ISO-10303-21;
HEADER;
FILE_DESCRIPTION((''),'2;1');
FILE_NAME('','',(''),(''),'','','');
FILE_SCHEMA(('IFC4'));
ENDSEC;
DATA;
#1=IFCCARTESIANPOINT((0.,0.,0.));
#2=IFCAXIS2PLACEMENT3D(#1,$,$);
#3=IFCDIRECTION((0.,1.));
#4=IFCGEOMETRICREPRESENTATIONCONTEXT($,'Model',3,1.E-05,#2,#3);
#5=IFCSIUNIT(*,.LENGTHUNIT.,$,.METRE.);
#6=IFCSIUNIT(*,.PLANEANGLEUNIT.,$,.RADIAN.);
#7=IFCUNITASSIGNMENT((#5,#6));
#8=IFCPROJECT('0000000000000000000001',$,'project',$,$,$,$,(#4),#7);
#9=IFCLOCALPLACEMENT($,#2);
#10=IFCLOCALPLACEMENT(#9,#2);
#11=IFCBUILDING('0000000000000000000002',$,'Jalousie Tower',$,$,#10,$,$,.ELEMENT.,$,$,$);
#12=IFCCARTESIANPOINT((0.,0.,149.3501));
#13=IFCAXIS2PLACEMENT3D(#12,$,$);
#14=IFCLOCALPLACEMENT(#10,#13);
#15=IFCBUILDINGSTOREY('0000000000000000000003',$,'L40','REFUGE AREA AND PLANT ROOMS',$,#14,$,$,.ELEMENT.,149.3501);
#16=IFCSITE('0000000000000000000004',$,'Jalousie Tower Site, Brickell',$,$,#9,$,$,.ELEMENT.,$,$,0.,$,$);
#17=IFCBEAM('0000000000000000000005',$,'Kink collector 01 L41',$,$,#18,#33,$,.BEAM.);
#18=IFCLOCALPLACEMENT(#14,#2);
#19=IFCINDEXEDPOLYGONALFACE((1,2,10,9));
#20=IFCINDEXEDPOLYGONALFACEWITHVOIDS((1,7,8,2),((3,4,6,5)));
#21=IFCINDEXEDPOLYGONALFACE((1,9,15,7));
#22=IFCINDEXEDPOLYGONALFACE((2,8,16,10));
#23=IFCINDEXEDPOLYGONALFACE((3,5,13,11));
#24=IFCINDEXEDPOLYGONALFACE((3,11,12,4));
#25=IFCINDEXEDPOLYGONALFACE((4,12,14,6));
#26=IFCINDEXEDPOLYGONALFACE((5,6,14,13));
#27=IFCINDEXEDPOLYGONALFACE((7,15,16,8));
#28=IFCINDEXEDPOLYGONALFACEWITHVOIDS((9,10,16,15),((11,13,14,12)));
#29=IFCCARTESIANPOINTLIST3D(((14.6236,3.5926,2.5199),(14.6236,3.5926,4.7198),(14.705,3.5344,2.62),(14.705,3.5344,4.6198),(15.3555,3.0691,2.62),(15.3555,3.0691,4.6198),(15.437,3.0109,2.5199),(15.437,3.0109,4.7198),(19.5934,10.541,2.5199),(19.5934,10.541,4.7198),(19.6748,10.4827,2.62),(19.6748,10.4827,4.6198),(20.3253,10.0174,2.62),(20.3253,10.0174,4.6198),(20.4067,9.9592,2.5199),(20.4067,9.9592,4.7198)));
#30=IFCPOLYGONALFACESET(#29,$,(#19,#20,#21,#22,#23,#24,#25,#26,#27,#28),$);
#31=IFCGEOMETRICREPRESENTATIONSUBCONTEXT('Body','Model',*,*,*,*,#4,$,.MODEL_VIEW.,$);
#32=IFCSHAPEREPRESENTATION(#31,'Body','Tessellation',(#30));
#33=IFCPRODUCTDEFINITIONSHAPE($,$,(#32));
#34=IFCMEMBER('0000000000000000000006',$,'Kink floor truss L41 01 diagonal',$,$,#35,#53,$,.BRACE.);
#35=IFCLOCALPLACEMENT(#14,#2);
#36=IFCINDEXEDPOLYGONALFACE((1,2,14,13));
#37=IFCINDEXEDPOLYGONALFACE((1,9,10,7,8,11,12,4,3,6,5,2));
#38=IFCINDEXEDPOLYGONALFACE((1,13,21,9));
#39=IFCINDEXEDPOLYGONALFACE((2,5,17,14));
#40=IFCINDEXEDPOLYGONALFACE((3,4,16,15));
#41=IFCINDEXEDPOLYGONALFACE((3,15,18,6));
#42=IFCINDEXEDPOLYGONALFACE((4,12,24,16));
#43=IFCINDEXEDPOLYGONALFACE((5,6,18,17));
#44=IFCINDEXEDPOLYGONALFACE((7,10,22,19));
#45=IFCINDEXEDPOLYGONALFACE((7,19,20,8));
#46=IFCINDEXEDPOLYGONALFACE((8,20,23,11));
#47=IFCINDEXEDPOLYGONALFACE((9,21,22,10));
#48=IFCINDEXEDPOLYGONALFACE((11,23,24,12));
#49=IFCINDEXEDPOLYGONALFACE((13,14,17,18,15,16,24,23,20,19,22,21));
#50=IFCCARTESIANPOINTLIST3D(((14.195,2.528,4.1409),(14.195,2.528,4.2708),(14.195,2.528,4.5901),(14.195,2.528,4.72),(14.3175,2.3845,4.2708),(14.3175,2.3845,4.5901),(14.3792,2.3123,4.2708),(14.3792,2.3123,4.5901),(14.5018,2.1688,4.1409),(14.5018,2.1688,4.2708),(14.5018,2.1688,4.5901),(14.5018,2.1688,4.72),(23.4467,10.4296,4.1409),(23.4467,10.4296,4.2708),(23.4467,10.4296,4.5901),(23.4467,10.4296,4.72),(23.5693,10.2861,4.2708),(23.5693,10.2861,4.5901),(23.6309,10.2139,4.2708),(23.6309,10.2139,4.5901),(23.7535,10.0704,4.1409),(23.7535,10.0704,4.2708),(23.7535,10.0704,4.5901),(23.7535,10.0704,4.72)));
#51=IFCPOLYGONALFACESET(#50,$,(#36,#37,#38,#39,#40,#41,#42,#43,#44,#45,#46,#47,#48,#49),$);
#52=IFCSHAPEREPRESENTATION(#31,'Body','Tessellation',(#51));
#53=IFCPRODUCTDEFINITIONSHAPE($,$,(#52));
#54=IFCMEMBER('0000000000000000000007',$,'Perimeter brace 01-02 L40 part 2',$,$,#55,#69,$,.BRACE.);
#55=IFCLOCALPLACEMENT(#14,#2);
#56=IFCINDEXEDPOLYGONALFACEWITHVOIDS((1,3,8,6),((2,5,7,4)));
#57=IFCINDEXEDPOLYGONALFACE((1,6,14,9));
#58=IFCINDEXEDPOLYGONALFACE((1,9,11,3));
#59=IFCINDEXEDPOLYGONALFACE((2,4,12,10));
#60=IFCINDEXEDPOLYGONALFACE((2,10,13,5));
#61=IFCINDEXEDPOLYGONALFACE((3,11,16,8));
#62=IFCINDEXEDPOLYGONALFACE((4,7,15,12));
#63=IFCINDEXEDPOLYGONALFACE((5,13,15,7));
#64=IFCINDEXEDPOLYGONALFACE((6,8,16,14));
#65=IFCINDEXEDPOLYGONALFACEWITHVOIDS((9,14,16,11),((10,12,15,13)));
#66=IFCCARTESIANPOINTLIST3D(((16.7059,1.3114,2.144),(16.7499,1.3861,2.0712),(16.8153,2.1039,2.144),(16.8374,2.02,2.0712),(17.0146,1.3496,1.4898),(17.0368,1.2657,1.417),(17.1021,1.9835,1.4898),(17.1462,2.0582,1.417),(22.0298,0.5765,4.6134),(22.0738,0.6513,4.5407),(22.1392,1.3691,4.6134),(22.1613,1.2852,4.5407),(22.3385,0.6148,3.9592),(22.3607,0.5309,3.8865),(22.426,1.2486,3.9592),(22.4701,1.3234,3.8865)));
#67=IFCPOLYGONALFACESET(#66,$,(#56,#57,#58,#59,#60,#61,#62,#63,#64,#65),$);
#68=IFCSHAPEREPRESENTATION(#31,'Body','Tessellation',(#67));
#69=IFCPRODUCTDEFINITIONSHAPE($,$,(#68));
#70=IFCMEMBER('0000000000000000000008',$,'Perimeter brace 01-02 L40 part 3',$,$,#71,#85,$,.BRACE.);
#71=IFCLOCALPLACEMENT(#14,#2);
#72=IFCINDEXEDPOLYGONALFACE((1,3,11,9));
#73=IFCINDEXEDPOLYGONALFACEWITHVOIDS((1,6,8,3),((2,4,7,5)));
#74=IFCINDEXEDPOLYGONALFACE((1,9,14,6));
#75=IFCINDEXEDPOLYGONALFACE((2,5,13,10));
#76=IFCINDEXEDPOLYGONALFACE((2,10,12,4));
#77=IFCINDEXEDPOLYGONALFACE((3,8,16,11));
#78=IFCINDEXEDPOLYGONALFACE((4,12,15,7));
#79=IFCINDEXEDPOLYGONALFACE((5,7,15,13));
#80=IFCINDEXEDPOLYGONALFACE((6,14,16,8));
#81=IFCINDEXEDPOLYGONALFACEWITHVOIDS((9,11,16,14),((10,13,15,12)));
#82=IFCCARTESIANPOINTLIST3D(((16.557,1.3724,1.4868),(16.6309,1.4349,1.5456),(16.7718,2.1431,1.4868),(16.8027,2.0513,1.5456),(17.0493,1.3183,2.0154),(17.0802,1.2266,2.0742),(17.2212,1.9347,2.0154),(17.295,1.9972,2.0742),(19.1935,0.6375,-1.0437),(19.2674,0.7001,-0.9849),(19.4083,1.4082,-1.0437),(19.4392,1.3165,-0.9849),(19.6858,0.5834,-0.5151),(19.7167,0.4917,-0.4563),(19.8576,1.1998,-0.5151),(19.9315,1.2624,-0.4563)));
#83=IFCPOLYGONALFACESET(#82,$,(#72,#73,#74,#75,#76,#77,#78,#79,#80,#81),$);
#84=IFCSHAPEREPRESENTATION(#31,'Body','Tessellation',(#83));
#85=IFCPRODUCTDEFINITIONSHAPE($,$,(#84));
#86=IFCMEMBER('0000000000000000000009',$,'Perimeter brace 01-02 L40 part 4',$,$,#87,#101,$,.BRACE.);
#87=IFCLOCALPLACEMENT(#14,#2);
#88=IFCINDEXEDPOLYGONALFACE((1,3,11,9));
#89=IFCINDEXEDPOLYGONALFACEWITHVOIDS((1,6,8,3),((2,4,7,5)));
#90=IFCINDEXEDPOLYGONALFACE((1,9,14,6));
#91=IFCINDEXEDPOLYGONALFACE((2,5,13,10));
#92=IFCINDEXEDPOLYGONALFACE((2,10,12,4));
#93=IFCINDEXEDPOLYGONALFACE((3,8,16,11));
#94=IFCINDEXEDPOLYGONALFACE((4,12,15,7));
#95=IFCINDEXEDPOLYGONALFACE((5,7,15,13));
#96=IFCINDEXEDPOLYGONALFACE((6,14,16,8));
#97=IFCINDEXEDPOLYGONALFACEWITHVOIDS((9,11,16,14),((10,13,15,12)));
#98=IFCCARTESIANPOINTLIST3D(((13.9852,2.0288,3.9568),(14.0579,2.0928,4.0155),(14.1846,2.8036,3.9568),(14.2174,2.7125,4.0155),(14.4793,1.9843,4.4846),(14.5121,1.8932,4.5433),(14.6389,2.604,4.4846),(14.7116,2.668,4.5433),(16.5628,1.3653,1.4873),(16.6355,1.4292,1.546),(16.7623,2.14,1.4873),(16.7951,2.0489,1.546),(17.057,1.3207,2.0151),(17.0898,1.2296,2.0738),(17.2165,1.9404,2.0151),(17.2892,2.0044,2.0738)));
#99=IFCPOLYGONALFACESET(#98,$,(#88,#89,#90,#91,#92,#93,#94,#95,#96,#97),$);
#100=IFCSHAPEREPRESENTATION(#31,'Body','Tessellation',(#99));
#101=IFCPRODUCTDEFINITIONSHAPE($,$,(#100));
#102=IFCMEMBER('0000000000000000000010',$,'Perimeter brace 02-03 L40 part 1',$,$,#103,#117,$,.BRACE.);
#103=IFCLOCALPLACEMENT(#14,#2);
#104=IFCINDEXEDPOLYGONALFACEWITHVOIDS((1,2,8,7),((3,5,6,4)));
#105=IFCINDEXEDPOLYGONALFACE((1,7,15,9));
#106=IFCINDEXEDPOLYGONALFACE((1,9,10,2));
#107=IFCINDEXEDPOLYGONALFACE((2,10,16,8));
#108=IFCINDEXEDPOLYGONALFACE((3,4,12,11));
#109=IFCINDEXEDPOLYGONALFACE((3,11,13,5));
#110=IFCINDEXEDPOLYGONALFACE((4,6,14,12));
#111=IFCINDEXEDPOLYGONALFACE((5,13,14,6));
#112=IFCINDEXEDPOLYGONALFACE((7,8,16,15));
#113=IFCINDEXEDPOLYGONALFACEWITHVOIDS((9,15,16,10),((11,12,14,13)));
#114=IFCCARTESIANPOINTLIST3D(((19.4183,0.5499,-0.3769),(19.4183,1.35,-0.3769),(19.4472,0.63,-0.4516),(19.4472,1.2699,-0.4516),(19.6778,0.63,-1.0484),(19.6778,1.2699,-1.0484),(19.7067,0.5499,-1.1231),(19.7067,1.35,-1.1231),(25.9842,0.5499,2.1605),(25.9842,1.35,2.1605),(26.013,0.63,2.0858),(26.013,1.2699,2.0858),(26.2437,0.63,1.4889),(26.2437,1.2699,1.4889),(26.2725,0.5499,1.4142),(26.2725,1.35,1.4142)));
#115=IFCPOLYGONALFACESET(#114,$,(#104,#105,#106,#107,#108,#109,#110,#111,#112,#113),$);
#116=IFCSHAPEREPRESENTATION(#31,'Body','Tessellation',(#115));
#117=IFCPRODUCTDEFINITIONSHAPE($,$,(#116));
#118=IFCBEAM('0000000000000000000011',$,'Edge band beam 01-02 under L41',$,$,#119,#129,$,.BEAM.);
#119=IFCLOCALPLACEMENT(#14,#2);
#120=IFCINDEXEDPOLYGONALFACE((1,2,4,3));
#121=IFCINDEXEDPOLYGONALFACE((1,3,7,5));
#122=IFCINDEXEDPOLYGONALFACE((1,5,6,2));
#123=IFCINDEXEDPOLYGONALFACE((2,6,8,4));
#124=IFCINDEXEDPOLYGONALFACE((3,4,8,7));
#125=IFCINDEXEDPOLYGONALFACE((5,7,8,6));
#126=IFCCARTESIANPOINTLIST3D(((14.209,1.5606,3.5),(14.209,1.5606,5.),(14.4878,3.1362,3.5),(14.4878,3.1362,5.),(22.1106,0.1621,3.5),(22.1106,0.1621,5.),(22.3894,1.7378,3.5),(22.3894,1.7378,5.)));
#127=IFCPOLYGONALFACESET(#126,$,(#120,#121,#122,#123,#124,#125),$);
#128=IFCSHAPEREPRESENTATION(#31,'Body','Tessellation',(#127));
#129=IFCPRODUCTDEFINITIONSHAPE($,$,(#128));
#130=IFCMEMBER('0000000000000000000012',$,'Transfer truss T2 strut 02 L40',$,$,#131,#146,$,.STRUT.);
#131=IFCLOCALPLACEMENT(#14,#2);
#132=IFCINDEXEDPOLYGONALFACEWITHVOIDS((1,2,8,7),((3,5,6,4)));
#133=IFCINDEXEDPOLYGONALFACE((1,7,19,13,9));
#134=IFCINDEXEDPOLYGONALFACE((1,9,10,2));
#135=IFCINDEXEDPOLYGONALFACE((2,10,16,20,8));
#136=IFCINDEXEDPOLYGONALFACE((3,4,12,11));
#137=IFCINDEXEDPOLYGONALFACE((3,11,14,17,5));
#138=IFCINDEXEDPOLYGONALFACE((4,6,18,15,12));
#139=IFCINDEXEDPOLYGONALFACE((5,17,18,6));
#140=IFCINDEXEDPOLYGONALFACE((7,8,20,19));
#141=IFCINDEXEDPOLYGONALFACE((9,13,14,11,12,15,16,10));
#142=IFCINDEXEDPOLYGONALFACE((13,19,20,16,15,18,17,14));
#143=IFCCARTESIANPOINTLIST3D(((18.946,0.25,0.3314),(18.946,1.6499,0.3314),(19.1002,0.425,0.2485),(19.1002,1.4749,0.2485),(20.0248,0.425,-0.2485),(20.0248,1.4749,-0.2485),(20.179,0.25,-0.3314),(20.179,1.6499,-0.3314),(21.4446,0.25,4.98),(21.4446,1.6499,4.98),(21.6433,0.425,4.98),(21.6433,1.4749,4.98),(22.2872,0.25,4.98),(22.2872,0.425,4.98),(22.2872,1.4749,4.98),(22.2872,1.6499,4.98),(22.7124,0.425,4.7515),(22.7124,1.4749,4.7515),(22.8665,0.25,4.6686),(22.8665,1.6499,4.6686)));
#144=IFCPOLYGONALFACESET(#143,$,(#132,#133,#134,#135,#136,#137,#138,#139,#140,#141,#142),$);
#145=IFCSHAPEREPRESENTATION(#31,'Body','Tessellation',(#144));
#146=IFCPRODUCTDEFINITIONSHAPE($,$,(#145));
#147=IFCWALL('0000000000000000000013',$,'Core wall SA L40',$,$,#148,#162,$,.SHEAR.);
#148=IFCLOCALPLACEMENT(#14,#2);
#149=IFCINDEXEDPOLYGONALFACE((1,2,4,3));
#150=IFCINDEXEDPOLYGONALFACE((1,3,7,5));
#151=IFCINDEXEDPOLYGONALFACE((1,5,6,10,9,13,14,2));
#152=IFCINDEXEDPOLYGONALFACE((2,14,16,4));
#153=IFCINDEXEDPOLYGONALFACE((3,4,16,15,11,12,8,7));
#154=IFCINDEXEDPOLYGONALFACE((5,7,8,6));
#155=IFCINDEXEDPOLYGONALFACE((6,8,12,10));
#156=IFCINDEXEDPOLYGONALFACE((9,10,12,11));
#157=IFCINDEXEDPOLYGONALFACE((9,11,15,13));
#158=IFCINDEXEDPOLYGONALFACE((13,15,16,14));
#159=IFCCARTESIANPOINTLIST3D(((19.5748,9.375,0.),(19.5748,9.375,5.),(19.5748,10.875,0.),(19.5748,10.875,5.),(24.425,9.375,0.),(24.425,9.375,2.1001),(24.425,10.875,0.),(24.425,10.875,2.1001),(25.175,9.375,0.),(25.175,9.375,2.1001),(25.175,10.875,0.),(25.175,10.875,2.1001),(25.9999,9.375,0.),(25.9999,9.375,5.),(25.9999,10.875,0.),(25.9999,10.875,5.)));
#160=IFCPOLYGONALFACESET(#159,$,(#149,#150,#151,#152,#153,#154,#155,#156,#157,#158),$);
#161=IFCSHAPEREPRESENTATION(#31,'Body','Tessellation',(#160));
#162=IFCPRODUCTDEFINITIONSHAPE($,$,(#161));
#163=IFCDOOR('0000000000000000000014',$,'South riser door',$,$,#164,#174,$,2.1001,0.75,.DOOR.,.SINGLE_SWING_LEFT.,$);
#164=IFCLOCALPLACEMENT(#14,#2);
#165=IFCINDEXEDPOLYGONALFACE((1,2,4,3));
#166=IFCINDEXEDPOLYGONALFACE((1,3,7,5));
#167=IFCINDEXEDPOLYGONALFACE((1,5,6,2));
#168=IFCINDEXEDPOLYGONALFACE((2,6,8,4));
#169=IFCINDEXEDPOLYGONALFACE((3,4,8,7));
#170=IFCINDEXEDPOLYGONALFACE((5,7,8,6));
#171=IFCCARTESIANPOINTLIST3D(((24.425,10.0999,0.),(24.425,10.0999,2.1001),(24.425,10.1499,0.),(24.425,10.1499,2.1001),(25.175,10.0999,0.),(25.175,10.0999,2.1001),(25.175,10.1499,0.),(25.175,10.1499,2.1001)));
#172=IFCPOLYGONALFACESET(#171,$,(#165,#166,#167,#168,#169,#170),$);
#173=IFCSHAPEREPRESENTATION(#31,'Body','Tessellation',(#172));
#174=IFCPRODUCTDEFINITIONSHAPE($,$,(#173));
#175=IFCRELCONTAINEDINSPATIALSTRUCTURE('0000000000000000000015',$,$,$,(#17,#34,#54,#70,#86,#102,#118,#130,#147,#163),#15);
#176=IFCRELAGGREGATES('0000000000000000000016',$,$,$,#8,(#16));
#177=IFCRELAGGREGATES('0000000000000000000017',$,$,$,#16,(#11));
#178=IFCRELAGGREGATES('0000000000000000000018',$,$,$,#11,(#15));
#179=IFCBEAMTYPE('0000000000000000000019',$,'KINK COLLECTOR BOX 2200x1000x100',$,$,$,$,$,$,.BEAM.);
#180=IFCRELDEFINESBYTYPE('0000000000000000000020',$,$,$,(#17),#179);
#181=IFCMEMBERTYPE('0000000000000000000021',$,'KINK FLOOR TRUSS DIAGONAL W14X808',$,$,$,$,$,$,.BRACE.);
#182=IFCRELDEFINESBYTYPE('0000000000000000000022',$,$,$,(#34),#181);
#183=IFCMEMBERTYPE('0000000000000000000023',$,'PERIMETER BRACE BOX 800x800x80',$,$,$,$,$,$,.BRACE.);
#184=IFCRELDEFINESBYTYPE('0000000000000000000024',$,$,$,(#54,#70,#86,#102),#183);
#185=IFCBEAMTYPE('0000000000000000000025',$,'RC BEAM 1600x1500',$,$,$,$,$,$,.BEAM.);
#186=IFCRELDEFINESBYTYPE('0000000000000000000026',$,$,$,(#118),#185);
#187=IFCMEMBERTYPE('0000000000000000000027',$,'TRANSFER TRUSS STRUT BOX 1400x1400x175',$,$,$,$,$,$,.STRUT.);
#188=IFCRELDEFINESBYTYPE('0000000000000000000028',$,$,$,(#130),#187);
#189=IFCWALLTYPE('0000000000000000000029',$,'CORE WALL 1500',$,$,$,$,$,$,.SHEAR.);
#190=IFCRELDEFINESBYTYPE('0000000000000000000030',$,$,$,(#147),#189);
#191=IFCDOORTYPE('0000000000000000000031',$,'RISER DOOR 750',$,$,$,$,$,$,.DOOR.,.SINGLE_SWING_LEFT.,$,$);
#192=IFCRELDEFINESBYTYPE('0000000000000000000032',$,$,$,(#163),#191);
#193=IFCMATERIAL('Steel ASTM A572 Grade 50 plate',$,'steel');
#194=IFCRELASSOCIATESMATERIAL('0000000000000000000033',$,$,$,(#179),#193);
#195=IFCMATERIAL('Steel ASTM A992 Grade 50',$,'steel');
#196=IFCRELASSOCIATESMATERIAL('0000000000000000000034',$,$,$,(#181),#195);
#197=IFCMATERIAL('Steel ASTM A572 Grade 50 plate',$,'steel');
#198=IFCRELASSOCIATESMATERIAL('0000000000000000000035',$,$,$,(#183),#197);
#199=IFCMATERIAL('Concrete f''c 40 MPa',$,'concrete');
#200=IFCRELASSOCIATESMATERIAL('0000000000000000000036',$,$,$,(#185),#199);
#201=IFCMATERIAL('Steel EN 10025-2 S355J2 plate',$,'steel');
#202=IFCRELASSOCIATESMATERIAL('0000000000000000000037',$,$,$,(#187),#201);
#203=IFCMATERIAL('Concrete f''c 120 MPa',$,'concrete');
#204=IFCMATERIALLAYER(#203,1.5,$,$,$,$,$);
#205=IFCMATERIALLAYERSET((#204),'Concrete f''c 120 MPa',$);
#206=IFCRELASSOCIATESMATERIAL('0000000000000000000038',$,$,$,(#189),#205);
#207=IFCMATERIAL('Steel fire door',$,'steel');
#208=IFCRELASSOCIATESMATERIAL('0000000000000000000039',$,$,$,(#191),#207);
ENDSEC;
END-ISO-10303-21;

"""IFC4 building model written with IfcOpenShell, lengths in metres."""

from ifc_helpers import new_model, si_unit, direction, frame, frame_2d, origin, origin_2d, place, context, subcontext, project, spatial, rectangle, hollow_rectangle, i_section, extrude, clip, halfspace, material, layer, layer_set, material_profile, profile_set, type_object, element, fill, save


model = new_model("IFC4")

# Units and contexts
model_context = context("Model", 3, precision=1e-05, world=origin(), true_north=direction((0.0, 1.0)))
body_context = subcontext(model_context, "Body", "Model", "MODEL_VIEW")
ifc_project = project(units=[si_unit("LENGTHUNIT", "METRE"), si_unit("PLANEANGLEUNIT", "RADIAN")], contexts=[model_context])

# Site, building, storey
site_placement = place(None, origin())
site = spatial("IfcSite", under=ifc_project, at=site_placement, Name="Jalousie Tower Site, Brickell", CompositionType="ELEMENT", RefElevation=0.0)
building_placement = place(site_placement, origin())
building = spatial("IfcBuilding", under=site, at=building_placement, Name="Jalousie Tower", CompositionType="ELEMENT")
storey_placement = place(building_placement, frame((0.0, 0.0, 149.3501)))
storey = spatial("IfcBuildingStorey", under=building, at=storey_placement, Name="L40", Description="REFUGE AREA AND PLANT ROOMS", CompositionType="ELEMENT", Elevation=149.3501)

# Beam
ifc_material_1 = material(Name="Steel ASTM A572 Grade 50 plate", Category="steel")
ifc_material_profile_1 = material_profile(ifc_material_1, hollow_rectangle(XDim=1.0, YDim=2.2, WallThickness=0.1001, at=origin_2d()), Name="BOX 2200x1000x100")
ifc_profile_set_1 = profile_set([ifc_material_profile_1], Name="Steel ASTM A572 Grade 50 plate")
beam_type_1 = type_object("IfcBeamType", Name="KINK COLLECTOR BOX 2200x1000x100", PredefinedType="BEAM", material=ifc_profile_set_1)
beam_1_placement = place(storey_placement, frame((15.0303, 3.3018, 3.6199), z_axis=(0.581757, 0.813363, 0.0), x_axis=(-0.813363, 0.581757, 0.0)))
element("IfcBeam", 1, at=beam_1_placement, inside=storey, type_object=beam_type_1, Name="Kink collector 01 L41", PredefinedType="BEAM", context=body_context, shape_type="SweptSolid", body=[
    extrude(hollow_rectangle(XDim=1.0, YDim=2.2, WallThickness=0.1001, at=origin_2d()), origin(), (0.0, 0.0, 1.0), 8.5427),
])

# Members
ifc_material_2 = material(Name="Steel ASTM A992 Grade 50", Category="steel")
ifc_material_profile_2 = material_profile(ifc_material_2, i_section(OverallWidth=0.4724, OverallDepth=0.5791, WebThickness=0.095, FlangeThickness=0.1299, at=origin_2d()), Name="W14X808")
ifc_profile_set_2 = profile_set([ifc_material_profile_2], Name="Steel ASTM A992 Grade 50")
member_type_1 = type_object("IfcMemberType", Name="KINK FLOOR TRUSS DIAGONAL W14X808", PredefinedType="BRACE", material=ifc_profile_set_2)
member_1_placement = place(storey_placement, frame((14.3484, 2.3484, 4.4304), z_axis=(0.76041, 0.649444, 0.0), x_axis=(-0.649444, 0.76041, 0.0)))
element("IfcMember", 2, at=member_1_placement, inside=storey, type_object=member_type_1, Name="Kink floor truss L41 01 diagonal", PredefinedType="BRACE", context=body_context, shape_type="SweptSolid", body=[
    extrude(i_section(OverallWidth=0.4724, OverallDepth=0.5791, WebThickness=0.095, FlangeThickness=0.1299, at=origin_2d()), origin(), (0.0, 0.0, 1.0), 12.1667),
])
ifc_material_3 = material(Name="Steel ASTM A572 Grade 50 plate", Category="steel")
ifc_material_profile_3 = material_profile(ifc_material_3, hollow_rectangle(XDim=0.8, YDim=0.8, WallThickness=0.0801, at=origin_2d()), Name="BOX 800x800x80")
ifc_profile_set_3 = profile_set([ifc_material_profile_3], Name="Steel ASTM A572 Grade 50 plate")
member_type_2 = type_object("IfcMemberType", Name="PERIMETER BRACE BOX 800x800x80", PredefinedType="BRACE", material=ifc_profile_set_3)
member_2_placement = place(storey_placement, frame((16.926, 1.6848, 1.7805), z_axis=(0.900134, -0.124245, 0.41752), x_axis=(0.136733, 0.990608, 0.0)))
element("IfcMember", 3, at=member_2_placement, inside=storey, type_object=member_type_2, Name="Perimeter brace 01-02 L40 part 2", PredefinedType="BRACE", context=body_context, shape_type="SweptSolid", body=[
    extrude(hollow_rectangle(XDim=0.8, YDim=0.8, WallThickness=0.0801, at=origin_2d()), origin(), (0.0, 0.0, 1.0), 5.9146),
])
member_3_placement = place(storey_placement, frame((19.5625, 0.95, -0.75), z_axis=(-0.707296, 0.197144, 0.678871), x_axis=(-0.268495, -0.963281, 0.0)))
element("IfcMember", 4, at=member_3_placement, inside=storey, type_object=member_type_2, Name="Perimeter brace 01-02 L40 part 3", PredefinedType="BRACE", context=body_context, shape_type="SweptSolid", body=[
    extrude(hollow_rectangle(XDim=0.8, YDim=0.8, WallThickness=0.0801, at=origin_2d()), origin(), (0.0, 0.0, 1.0), 3.7275),
])
member_4_placement = place(storey_placement, frame((16.926, 1.6848, 1.7805), z_axis=(-0.709932, 0.182761, 0.680144), x_axis=(-0.249307, -0.968425, 0.0)))
element("IfcMember", 5, at=member_4_placement, inside=storey, type_object=member_type_2, Name="Perimeter brace 01-02 L40 part 4", PredefinedType="BRACE", context=body_context, shape_type="SweptSolid", body=[
    extrude(hollow_rectangle(XDim=0.8, YDim=0.8, WallThickness=0.0801, at=origin_2d()), origin(), (0.0, 0.0, 1.0), 3.6309),
])
member_5_placement = place(storey_placement, frame((19.5625, 0.95, -0.75), z_axis=(0.932773, 0.0, 0.360464), x_axis=(0.0, 1.0, 0.0)))
element("IfcMember", 6, at=member_5_placement, inside=storey, type_object=member_type_2, Name="Perimeter brace 02-03 L40 part 1", PredefinedType="BRACE", context=body_context, shape_type="SweptSolid", body=[
    extrude(hollow_rectangle(XDim=0.8, YDim=0.8, WallThickness=0.0801, at=origin_2d()), origin(), (0.0, 0.0, 1.0), 7.0391),
])

# Beam
ifc_material_4 = material(Name="Concrete f'c 40 MPa", Category="concrete")
ifc_material_profile_4 = material_profile(ifc_material_4, rectangle(XDim=1.6001, YDim=1.5, at=origin_2d()), Name="RC 1600x1500")
ifc_profile_set_4 = profile_set([ifc_material_profile_4], Name="Concrete f'c 40 MPa")
beam_type_2 = type_object("IfcBeamType", Name="RC BEAM 1600x1500", PredefinedType="BEAM", material=ifc_profile_set_4)
beam_2_placement = place(storey_placement, frame((14.3484, 2.3484, 4.25), z_axis=(0.984697, -0.174273, 0.0), x_axis=(0.174273, 0.984697, 0.0)))
element("IfcBeam", 7, at=beam_2_placement, inside=storey, type_object=beam_type_2, Name="Edge band beam 01-02 under L41", PredefinedType="BEAM", context=body_context, shape_type="SweptSolid", body=[
    extrude(rectangle(XDim=1.6001, YDim=1.5, at=origin_2d()), origin(), (0.0, 0.0, 1.0), 8.0244),
])

# Member
ifc_material_5 = material(Name="Steel EN 10025-2 S355J2 plate", Category="steel")
ifc_material_profile_5 = material_profile(ifc_material_5, hollow_rectangle(XDim=1.3999, YDim=1.3999, WallThickness=0.175, at=origin_2d()), Name="BOX 1400x1400x175")
ifc_profile_set_5 = profile_set([ifc_material_profile_5], Name="Steel EN 10025-2 S355J2 plate")
member_type_3 = type_object("IfcMemberType", Name="TRANSFER TRUSS STRUT BOX 1400x1400x175", PredefinedType="STRUT", material=ifc_profile_set_5)
member_6_placement = place(storey_placement, frame((19.5625, 0.95, 0.0), z_axis=(0.473443, 0.0, 0.880824), x_axis=(0.0, 1.0, 0.0)))
element("IfcMember", 8, at=member_6_placement, inside=storey, type_object=member_type_3, Name="Transfer truss T2 strut 02 L40", PredefinedType="STRUT", context=body_context, shape_type="Clipping", body=[
    clip(extrude(hollow_rectangle(XDim=1.3999, YDim=1.3999, WallThickness=0.175, at=origin_2d()), origin(), (0.0, 0.0, 1.0), 5.6765), halfspace(frame((0.0, 0.0, 5.6538), z_axis=(0.0, 0.473443, 0.880824)), False)),
])

# Wall, opening, door
ifc_material_6 = material(Name="Concrete f'c 120 MPa", Category="concrete")
ifc_layer_1 = layer(ifc_material_6, 1.5)
ifc_layer_set_1 = layer_set([ifc_layer_1], Name="Concrete f'c 120 MPa")
wall_type_1 = type_object("IfcWallType", Name="CORE WALL 1500", PredefinedType="SHEAR", material=ifc_layer_set_1)
wall_1_placement = place(storey_placement, frame((19.575, 10.125, 0.0), z_axis=(0.0, 0.0, 1.0), x_axis=(1.0, 0.0, 0.0)))
wall_1 = element("IfcWall", 9, at=wall_1_placement, inside=storey, type_object=wall_type_1, Name="Core wall SA L40", PredefinedType="SHEAR", context=body_context, shape_type="SweptSolid", body=[
    extrude(rectangle(XDim=6.425, YDim=1.5, at=frame_2d((3.2124, 0.0))), origin(), (0.0, 0.0, 1.0), 5.0),
])
opening_1_placement = place(wall_1_placement, frame((4.8501, 0.0, 0.0)))
opening_1 = element("IfcOpeningElement", 10, at=opening_1_placement, cuts=wall_1, PredefinedType="OPENING", context=body_context, shape_type="SweptSolid", body=[
    extrude(rectangle(XDim=0.75, YDim=2.1001, at=frame_2d((0.375, 1.05))), frame((0.0, 0.76, 0.0), z_axis=(0.0, -1.0, 0.0), x_axis=(1.0, 0.0, 0.0)), (0.0, 0.0, 1.0), 1.52),
])
ifc_material_7 = material(Name="Steel fire door", Category="steel")
door_type_1 = type_object("IfcDoorType", Name="RISER DOOR 750", OperationType="SINGLE_SWING_LEFT", PredefinedType="DOOR", material=ifc_material_7)
door_1_placement = place(opening_1_placement, origin())
door_1 = element("IfcDoor", 11, at=door_1_placement, inside=storey, type_object=door_type_1, Name="South riser door", OperationType="SINGLE_SWING_LEFT", OverallHeight=2.1001, OverallWidth=0.75, PredefinedType="DOOR", context=body_context, shape_type="SweptSolid", body=[
    extrude(rectangle(XDim=0.75, YDim=2.1001, at=frame_2d((0.375, 1.05))), frame((0.0, 0.0249, 0.0), z_axis=(0.0, -1.0, 0.0), x_axis=(1.0, 0.0, 0.0)), (0.0, 0.0, 1.0), 0.05),
])
fill(opening_1, door_1)

save(model, "model.ifc")
